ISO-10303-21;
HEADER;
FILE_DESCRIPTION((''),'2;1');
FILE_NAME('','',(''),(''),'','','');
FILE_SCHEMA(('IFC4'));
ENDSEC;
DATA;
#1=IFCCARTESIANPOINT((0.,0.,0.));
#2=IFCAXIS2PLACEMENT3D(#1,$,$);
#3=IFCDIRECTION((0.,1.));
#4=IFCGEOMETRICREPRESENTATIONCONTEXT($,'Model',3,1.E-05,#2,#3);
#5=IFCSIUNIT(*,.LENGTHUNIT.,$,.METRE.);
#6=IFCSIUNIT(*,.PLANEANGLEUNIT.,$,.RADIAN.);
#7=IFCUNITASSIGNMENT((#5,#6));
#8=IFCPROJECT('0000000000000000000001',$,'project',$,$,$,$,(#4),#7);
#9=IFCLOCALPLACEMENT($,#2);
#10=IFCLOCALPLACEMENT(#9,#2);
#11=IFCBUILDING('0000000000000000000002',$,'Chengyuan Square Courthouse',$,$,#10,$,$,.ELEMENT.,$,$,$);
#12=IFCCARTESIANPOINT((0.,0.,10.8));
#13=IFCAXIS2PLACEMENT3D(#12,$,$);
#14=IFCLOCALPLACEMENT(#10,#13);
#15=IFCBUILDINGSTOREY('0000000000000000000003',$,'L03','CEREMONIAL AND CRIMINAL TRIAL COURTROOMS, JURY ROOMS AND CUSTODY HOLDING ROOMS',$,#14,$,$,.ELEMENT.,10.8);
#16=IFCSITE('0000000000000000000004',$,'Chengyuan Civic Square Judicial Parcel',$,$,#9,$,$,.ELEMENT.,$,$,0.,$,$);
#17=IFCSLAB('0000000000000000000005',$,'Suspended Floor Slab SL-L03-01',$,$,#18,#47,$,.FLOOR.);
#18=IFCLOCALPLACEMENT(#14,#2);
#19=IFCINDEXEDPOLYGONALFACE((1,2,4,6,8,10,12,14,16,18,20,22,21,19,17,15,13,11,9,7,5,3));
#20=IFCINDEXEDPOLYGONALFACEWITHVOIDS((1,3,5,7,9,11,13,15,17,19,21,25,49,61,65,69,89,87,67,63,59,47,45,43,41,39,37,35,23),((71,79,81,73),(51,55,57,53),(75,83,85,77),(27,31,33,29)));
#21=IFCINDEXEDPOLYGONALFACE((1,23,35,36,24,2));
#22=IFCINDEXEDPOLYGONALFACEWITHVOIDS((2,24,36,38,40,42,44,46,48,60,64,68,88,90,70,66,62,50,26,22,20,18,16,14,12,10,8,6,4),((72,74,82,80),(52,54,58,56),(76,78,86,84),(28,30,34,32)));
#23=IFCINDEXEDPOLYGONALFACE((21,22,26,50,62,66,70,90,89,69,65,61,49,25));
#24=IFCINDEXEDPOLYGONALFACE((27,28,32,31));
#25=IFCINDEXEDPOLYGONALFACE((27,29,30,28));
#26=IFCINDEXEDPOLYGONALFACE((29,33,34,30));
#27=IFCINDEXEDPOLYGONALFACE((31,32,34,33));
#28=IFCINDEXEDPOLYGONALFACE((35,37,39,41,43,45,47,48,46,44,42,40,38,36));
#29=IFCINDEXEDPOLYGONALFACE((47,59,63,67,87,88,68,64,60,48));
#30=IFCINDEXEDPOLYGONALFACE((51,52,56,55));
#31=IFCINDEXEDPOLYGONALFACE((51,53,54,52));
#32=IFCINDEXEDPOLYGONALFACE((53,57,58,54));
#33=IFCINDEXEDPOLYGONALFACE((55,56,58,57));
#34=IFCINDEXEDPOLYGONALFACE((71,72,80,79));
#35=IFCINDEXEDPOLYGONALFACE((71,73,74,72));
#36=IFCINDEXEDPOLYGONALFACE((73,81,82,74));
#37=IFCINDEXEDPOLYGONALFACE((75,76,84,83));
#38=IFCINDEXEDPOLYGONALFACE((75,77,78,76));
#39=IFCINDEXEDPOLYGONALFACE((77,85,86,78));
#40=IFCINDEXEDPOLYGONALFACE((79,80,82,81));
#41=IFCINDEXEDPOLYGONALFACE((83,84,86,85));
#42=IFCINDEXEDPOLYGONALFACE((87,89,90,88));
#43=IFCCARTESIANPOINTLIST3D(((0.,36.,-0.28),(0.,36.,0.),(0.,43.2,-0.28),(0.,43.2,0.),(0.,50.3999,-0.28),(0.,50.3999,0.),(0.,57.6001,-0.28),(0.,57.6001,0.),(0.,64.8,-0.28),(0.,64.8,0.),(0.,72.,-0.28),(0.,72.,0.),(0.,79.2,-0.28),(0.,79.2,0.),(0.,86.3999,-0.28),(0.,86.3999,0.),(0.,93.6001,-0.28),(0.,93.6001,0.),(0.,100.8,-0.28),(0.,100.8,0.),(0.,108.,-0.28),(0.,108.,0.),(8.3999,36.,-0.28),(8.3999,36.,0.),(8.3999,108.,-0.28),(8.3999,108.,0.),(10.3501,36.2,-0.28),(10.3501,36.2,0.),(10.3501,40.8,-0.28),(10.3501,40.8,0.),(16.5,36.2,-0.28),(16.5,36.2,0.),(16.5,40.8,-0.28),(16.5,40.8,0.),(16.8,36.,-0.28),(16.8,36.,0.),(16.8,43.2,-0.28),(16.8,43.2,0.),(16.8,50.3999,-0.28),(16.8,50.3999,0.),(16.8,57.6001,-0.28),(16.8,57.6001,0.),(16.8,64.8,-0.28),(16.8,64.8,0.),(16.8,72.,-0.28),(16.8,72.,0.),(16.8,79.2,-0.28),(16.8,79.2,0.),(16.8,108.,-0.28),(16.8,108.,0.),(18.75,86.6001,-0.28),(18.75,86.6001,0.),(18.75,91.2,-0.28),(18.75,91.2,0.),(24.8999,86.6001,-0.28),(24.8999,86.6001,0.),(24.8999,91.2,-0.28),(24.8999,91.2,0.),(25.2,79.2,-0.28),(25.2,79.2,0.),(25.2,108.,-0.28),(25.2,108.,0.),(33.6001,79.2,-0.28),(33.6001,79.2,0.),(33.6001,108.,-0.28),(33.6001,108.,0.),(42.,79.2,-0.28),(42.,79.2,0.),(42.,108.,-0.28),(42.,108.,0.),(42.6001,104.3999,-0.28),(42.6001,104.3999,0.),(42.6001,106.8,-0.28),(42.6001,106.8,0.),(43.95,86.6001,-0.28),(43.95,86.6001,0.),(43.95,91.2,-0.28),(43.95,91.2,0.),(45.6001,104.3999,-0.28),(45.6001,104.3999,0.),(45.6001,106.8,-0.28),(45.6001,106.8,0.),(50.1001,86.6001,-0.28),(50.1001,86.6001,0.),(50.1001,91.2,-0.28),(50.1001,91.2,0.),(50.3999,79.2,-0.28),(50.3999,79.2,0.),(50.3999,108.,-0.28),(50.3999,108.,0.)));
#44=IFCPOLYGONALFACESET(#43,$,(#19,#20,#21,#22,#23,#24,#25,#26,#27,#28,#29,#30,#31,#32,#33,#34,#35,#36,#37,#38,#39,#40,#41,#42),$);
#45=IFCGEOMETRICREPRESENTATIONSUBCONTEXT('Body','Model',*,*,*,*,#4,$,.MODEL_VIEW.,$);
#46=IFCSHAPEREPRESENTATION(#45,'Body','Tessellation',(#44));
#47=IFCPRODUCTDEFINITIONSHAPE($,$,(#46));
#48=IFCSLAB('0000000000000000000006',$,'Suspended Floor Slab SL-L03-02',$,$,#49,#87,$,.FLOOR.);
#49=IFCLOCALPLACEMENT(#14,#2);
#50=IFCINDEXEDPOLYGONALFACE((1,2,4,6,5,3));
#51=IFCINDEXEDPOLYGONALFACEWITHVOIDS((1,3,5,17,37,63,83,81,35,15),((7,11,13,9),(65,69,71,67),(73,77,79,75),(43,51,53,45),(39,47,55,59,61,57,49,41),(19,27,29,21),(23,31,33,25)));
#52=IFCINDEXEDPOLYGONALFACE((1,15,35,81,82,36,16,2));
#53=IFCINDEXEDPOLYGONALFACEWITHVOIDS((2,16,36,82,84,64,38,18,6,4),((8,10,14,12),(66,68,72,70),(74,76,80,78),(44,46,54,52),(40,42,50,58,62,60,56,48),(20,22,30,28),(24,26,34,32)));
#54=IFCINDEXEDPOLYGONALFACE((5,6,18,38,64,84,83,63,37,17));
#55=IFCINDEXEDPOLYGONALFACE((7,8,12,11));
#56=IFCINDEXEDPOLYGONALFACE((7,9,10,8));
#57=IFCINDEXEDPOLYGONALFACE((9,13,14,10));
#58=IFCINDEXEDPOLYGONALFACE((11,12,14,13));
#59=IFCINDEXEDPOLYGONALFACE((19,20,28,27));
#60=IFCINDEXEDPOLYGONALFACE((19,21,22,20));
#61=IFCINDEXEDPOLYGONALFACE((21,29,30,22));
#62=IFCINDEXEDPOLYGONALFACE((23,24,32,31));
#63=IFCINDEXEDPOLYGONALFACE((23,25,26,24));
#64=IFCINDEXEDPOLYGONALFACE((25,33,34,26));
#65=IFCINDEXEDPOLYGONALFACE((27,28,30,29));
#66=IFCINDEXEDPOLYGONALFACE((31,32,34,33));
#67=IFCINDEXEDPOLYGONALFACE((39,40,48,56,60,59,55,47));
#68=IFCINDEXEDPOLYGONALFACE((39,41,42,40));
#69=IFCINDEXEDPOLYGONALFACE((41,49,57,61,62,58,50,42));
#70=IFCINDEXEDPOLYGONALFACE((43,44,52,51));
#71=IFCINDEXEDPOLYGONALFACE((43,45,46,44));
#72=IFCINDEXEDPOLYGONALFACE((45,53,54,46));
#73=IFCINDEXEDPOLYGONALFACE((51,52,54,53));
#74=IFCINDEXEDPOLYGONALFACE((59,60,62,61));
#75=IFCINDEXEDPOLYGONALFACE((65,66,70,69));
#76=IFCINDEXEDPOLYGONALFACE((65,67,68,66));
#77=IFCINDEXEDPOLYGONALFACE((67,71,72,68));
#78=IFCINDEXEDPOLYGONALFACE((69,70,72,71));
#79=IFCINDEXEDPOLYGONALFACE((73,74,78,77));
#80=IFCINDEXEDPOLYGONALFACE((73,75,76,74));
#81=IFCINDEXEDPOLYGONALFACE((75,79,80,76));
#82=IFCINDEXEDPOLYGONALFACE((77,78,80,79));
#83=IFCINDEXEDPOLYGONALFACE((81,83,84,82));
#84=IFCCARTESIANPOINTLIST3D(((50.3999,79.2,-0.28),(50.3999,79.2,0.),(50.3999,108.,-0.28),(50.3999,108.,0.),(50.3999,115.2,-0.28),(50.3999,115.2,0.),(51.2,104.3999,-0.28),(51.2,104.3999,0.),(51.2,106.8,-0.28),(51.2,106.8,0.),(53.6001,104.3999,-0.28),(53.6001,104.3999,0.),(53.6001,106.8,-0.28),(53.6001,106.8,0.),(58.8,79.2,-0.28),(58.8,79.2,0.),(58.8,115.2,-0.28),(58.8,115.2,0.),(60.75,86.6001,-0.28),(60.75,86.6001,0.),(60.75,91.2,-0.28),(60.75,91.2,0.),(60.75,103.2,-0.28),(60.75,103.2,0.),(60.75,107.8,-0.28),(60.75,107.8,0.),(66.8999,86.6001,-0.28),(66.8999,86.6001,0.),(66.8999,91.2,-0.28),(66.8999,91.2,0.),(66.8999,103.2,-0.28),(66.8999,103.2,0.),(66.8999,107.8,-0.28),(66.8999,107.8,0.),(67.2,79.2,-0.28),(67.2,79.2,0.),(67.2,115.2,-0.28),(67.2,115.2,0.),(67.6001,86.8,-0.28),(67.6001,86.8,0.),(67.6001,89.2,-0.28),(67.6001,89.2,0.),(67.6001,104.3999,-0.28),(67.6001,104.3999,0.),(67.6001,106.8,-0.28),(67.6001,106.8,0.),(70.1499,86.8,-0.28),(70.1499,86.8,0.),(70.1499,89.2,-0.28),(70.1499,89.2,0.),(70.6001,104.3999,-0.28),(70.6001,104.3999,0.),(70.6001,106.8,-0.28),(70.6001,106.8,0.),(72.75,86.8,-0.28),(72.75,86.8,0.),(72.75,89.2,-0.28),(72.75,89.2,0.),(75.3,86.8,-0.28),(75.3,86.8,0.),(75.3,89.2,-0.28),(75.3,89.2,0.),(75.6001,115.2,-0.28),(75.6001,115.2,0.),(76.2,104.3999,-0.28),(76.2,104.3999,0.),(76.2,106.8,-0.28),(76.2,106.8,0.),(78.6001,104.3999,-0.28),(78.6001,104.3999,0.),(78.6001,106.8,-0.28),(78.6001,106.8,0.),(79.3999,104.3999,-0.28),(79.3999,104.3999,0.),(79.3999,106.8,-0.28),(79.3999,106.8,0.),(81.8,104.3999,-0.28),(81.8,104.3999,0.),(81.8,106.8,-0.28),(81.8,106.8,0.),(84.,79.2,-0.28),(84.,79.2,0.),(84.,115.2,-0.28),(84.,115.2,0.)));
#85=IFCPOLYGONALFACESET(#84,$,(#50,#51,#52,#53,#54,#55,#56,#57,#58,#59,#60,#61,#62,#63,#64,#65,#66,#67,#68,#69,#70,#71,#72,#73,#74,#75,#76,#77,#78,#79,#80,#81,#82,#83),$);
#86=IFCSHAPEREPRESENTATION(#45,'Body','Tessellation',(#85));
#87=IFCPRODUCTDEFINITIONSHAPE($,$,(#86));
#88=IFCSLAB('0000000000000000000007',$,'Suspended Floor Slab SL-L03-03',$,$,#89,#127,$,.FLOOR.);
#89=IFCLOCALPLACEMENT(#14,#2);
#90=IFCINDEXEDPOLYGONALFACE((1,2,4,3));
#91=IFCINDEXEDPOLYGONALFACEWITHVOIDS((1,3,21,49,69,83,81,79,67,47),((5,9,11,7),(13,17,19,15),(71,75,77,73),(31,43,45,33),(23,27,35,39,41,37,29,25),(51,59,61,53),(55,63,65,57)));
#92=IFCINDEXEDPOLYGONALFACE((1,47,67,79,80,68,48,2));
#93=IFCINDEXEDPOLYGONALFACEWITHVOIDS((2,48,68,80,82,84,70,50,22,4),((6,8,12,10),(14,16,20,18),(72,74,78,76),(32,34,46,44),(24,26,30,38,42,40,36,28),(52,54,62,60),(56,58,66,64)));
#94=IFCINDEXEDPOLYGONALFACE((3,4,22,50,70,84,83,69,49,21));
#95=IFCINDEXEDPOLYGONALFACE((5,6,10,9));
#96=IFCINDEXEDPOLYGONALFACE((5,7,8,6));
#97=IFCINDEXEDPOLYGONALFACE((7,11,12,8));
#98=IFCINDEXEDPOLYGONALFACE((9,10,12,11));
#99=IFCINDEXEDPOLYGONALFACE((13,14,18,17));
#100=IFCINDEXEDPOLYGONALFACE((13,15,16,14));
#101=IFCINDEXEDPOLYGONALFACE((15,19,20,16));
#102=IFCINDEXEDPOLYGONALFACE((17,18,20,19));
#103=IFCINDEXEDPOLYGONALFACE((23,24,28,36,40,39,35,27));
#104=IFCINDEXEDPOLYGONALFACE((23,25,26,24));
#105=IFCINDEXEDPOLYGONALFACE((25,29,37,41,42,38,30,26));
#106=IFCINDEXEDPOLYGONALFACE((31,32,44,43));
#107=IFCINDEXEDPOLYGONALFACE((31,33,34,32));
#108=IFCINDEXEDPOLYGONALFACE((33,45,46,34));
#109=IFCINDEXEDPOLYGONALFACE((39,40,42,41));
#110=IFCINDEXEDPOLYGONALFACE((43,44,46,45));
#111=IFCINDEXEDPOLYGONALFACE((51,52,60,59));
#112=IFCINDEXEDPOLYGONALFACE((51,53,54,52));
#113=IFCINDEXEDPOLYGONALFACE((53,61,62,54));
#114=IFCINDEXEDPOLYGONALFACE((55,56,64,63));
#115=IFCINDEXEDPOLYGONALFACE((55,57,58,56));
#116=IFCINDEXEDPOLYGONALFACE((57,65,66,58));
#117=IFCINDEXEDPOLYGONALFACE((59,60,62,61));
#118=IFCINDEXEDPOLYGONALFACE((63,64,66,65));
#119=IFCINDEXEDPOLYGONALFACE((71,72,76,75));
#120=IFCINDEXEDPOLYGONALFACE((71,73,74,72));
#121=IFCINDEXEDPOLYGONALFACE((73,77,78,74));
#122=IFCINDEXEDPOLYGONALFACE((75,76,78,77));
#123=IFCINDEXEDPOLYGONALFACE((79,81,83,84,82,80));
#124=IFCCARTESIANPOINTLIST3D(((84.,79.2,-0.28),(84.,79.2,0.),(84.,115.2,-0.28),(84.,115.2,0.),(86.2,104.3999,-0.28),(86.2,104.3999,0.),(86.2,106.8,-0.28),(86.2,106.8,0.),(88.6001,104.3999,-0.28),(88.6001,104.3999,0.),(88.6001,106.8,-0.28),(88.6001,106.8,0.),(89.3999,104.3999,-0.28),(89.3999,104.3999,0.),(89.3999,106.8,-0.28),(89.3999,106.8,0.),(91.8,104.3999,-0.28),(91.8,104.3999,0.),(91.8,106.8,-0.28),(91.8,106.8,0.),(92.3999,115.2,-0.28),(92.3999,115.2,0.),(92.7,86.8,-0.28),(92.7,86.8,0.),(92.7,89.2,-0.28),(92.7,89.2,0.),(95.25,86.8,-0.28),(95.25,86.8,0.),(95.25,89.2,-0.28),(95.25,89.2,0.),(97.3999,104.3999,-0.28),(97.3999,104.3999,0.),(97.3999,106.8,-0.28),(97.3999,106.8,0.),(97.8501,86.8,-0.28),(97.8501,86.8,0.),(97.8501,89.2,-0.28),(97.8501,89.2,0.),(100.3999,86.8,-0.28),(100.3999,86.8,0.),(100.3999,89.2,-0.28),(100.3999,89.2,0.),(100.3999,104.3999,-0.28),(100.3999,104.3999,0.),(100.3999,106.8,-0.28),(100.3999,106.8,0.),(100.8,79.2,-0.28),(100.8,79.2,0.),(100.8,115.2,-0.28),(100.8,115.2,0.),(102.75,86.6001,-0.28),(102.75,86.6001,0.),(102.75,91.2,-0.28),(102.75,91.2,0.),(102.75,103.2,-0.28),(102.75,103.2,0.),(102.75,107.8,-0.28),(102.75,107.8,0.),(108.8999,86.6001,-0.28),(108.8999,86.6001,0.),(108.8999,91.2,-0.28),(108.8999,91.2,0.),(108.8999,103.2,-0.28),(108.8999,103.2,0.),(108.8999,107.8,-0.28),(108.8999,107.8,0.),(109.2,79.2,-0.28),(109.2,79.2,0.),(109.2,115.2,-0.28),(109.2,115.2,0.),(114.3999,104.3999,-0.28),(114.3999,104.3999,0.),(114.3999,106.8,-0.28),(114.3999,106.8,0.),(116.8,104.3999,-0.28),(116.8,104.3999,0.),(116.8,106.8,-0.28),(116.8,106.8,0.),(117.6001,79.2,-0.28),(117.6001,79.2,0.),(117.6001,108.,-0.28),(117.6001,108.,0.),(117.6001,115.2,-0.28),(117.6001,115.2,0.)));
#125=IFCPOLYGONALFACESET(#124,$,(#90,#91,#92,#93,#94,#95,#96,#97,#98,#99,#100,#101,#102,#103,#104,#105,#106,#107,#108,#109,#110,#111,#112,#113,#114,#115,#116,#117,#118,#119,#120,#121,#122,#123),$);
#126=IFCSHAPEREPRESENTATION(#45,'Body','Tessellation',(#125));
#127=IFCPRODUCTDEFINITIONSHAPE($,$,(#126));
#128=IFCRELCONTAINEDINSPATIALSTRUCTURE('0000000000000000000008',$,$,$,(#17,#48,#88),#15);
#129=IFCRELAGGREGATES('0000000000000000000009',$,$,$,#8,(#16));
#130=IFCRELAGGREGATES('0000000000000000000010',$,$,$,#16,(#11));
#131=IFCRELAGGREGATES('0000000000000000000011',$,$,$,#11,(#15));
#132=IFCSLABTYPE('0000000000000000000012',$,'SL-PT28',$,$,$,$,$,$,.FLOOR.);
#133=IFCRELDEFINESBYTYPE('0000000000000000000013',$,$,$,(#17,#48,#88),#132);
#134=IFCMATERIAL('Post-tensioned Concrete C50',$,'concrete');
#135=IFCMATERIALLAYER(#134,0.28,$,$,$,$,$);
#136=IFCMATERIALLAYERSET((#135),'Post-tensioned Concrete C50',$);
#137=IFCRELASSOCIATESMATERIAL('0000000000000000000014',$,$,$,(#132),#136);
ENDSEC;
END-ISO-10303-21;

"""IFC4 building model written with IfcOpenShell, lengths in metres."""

from ifc_helpers import new_model, si_unit, direction, frame, origin, place, context, subcontext, project, spatial, polyline, outline, extrude, material, layer, layer_set, type_object, element, save


model = new_model("IFC4")

# Units and contexts
model_context = context("Model", 3, precision=1e-05, world=origin(), true_north=direction((0.0, 1.0)))
body_context = subcontext(model_context, "Body", "Model", "MODEL_VIEW")
ifc_project = project(units=[si_unit("LENGTHUNIT", "METRE"), si_unit("PLANEANGLEUNIT", "RADIAN")], contexts=[model_context])

# Site, building, storey
site_placement = place(None, origin())
site = spatial("IfcSite", under=ifc_project, at=site_placement, Name="Chengyuan Civic Square Judicial Parcel", CompositionType="ELEMENT", RefElevation=0.0)
building_placement = place(site_placement, origin())
building = spatial("IfcBuilding", under=site, at=building_placement, Name="Chengyuan Square Courthouse", CompositionType="ELEMENT")
storey_placement = place(building_placement, frame((0.0, 0.0, 10.8)))
storey = spatial("IfcBuildingStorey", under=building, at=storey_placement, Name="L03", Description="CEREMONIAL AND CRIMINAL TRIAL COURTROOMS, JURY ROOMS AND CUSTODY HOLDING ROOMS", CompositionType="ELEMENT", Elevation=10.8)

# Slabs
ifc_material_1 = material(Name="Post-tensioned Concrete C50", Category="concrete")
ifc_layer_1 = layer(ifc_material_1, 0.28)
ifc_layer_set_1 = layer_set([ifc_layer_1], Name="Post-tensioned Concrete C50")
slab_type_1 = type_object("IfcSlabType", Name="SL-PT28", PredefinedType="FLOOR", material=ifc_layer_set_1)
slab_1_placement = place(storey_placement, frame((0.0, 0.0, -0.28)))
element("IfcSlab", 1, at=slab_1_placement, inside=storey, type_object=slab_type_1, Name="Suspended Floor Slab SL-L03-01", PredefinedType="FLOOR", context=body_context, shape_type="SweptSolid", body=[
    extrude(outline(polyline([(0.0, 86.3999), (0.0, 93.6001), (0.0, 100.8), (0.0, 108.0), (8.3999, 108.0), (16.8, 108.0), (25.2, 108.0), (33.6001, 108.0), (42.0, 108.0), (50.3999, 108.0), (50.3999, 79.2), (42.0, 79.2), (33.6001, 79.2), (25.2, 79.2), (16.8, 79.2), (16.8, 72.0), (16.8, 64.8), (16.8, 57.6001), (16.8, 50.3999), (16.8, 43.2), (16.8, 36.0), (8.3999, 36.0), (0.0, 36.0), (0.0, 43.2), (0.0, 50.3999), (0.0, 57.6001), (0.0, 64.8), (0.0, 72.0), (0.0, 79.2), (0.0, 86.3999)]), holes=[polyline([(10.3501, 40.8), (10.3501, 36.2), (16.5, 36.2), (16.5, 40.8), (10.3501, 40.8)]), polyline([(24.8999, 91.2), (18.75, 91.2), (18.75, 86.6001), (24.8999, 86.6001), (24.8999, 91.2)]), polyline([(43.95, 91.2), (43.95, 86.6001), (50.1001, 86.6001), (50.1001, 91.2), (43.95, 91.2)]), polyline([(45.6001, 106.8), (42.6001, 106.8), (42.6001, 104.3999), (45.6001, 104.3999), (45.6001, 106.8)])]), origin(), (0.0, 0.0, 1.0), 0.28),
])
slab_2_placement = place(storey_placement, frame((0.0, 0.0, -0.28)))
element("IfcSlab", 2, at=slab_2_placement, inside=storey, type_object=slab_type_1, Name="Suspended Floor Slab SL-L03-02", PredefinedType="FLOOR", context=body_context, shape_type="SweptSolid", body=[
    extrude(outline(polyline([(50.3999, 115.2), (58.8, 115.2), (67.2, 115.2), (75.6001, 115.2), (84.0, 115.2), (84.0, 79.2), (67.2, 79.2), (58.8, 79.2), (50.3999, 79.2), (50.3999, 108.0), (50.3999, 115.2)]), holes=[polyline([(70.1499, 89.2), (67.6001, 89.2), (67.6001, 86.8), (70.1499, 86.8), (72.75, 86.8), (75.3, 86.8), (75.3, 89.2), (72.75, 89.2), (70.1499, 89.2)]), polyline([(66.8999, 91.2), (60.75, 91.2), (60.75, 86.6001), (66.8999, 86.6001), (66.8999, 91.2)]), polyline([(66.8999, 107.8), (60.75, 107.8), (60.75, 103.2), (66.8999, 103.2), (66.8999, 107.8)]), polyline([(53.6001, 106.8), (51.2, 106.8), (51.2, 104.3999), (53.6001, 104.3999), (53.6001, 106.8)]), polyline([(70.6001, 106.8), (67.6001, 106.8), (67.6001, 104.3999), (70.6001, 104.3999), (70.6001, 106.8)]), polyline([(78.6001, 106.8), (76.2, 106.8), (76.2, 104.3999), (78.6001, 104.3999), (78.6001, 106.8)]), polyline([(79.3999, 106.8), (79.3999, 104.3999), (81.8, 104.3999), (81.8, 106.8), (79.3999, 106.8)])]), origin(), (0.0, 0.0, 1.0), 0.28),
])
slab_3_placement = place(storey_placement, frame((0.0, 0.0, -0.28)))
element("IfcSlab", 3, at=slab_3_placement, inside=storey, type_object=slab_type_1, Name="Suspended Floor Slab SL-L03-03", PredefinedType="FLOOR", context=body_context, shape_type="SweptSolid", body=[
    extrude(outline(polyline([(92.3999, 115.2), (100.8, 115.2), (109.2, 115.2), (117.6001, 115.2), (117.6001, 108.0), (117.6001, 79.2), (109.2, 79.2), (100.8, 79.2), (84.0, 79.2), (84.0, 115.2), (92.3999, 115.2)]), holes=[polyline([(95.25, 89.2), (92.7, 89.2), (92.7, 86.8), (95.25, 86.8), (97.8501, 86.8), (100.3999, 86.8), (100.3999, 89.2), (97.8501, 89.2), (95.25, 89.2)]), polyline([(108.8999, 91.2), (102.75, 91.2), (102.75, 86.6001), (108.8999, 86.6001), (108.8999, 91.2)]), polyline([(108.8999, 107.8), (102.75, 107.8), (102.75, 103.2), (108.8999, 103.2), (108.8999, 107.8)]), polyline([(88.6001, 106.8), (86.2, 106.8), (86.2, 104.3999), (88.6001, 104.3999), (88.6001, 106.8)]), polyline([(91.8, 106.8), (89.3999, 106.8), (89.3999, 104.3999), (91.8, 104.3999), (91.8, 106.8)]), polyline([(100.3999, 106.8), (97.3999, 106.8), (97.3999, 104.3999), (100.3999, 104.3999), (100.3999, 106.8)]), polyline([(116.8, 106.8), (114.3999, 106.8), (114.3999, 104.3999), (116.8, 104.3999), (116.8, 106.8)])]), origin(), (0.0, 0.0, 1.0), 0.28),
])

save(model, "model.ifc")
